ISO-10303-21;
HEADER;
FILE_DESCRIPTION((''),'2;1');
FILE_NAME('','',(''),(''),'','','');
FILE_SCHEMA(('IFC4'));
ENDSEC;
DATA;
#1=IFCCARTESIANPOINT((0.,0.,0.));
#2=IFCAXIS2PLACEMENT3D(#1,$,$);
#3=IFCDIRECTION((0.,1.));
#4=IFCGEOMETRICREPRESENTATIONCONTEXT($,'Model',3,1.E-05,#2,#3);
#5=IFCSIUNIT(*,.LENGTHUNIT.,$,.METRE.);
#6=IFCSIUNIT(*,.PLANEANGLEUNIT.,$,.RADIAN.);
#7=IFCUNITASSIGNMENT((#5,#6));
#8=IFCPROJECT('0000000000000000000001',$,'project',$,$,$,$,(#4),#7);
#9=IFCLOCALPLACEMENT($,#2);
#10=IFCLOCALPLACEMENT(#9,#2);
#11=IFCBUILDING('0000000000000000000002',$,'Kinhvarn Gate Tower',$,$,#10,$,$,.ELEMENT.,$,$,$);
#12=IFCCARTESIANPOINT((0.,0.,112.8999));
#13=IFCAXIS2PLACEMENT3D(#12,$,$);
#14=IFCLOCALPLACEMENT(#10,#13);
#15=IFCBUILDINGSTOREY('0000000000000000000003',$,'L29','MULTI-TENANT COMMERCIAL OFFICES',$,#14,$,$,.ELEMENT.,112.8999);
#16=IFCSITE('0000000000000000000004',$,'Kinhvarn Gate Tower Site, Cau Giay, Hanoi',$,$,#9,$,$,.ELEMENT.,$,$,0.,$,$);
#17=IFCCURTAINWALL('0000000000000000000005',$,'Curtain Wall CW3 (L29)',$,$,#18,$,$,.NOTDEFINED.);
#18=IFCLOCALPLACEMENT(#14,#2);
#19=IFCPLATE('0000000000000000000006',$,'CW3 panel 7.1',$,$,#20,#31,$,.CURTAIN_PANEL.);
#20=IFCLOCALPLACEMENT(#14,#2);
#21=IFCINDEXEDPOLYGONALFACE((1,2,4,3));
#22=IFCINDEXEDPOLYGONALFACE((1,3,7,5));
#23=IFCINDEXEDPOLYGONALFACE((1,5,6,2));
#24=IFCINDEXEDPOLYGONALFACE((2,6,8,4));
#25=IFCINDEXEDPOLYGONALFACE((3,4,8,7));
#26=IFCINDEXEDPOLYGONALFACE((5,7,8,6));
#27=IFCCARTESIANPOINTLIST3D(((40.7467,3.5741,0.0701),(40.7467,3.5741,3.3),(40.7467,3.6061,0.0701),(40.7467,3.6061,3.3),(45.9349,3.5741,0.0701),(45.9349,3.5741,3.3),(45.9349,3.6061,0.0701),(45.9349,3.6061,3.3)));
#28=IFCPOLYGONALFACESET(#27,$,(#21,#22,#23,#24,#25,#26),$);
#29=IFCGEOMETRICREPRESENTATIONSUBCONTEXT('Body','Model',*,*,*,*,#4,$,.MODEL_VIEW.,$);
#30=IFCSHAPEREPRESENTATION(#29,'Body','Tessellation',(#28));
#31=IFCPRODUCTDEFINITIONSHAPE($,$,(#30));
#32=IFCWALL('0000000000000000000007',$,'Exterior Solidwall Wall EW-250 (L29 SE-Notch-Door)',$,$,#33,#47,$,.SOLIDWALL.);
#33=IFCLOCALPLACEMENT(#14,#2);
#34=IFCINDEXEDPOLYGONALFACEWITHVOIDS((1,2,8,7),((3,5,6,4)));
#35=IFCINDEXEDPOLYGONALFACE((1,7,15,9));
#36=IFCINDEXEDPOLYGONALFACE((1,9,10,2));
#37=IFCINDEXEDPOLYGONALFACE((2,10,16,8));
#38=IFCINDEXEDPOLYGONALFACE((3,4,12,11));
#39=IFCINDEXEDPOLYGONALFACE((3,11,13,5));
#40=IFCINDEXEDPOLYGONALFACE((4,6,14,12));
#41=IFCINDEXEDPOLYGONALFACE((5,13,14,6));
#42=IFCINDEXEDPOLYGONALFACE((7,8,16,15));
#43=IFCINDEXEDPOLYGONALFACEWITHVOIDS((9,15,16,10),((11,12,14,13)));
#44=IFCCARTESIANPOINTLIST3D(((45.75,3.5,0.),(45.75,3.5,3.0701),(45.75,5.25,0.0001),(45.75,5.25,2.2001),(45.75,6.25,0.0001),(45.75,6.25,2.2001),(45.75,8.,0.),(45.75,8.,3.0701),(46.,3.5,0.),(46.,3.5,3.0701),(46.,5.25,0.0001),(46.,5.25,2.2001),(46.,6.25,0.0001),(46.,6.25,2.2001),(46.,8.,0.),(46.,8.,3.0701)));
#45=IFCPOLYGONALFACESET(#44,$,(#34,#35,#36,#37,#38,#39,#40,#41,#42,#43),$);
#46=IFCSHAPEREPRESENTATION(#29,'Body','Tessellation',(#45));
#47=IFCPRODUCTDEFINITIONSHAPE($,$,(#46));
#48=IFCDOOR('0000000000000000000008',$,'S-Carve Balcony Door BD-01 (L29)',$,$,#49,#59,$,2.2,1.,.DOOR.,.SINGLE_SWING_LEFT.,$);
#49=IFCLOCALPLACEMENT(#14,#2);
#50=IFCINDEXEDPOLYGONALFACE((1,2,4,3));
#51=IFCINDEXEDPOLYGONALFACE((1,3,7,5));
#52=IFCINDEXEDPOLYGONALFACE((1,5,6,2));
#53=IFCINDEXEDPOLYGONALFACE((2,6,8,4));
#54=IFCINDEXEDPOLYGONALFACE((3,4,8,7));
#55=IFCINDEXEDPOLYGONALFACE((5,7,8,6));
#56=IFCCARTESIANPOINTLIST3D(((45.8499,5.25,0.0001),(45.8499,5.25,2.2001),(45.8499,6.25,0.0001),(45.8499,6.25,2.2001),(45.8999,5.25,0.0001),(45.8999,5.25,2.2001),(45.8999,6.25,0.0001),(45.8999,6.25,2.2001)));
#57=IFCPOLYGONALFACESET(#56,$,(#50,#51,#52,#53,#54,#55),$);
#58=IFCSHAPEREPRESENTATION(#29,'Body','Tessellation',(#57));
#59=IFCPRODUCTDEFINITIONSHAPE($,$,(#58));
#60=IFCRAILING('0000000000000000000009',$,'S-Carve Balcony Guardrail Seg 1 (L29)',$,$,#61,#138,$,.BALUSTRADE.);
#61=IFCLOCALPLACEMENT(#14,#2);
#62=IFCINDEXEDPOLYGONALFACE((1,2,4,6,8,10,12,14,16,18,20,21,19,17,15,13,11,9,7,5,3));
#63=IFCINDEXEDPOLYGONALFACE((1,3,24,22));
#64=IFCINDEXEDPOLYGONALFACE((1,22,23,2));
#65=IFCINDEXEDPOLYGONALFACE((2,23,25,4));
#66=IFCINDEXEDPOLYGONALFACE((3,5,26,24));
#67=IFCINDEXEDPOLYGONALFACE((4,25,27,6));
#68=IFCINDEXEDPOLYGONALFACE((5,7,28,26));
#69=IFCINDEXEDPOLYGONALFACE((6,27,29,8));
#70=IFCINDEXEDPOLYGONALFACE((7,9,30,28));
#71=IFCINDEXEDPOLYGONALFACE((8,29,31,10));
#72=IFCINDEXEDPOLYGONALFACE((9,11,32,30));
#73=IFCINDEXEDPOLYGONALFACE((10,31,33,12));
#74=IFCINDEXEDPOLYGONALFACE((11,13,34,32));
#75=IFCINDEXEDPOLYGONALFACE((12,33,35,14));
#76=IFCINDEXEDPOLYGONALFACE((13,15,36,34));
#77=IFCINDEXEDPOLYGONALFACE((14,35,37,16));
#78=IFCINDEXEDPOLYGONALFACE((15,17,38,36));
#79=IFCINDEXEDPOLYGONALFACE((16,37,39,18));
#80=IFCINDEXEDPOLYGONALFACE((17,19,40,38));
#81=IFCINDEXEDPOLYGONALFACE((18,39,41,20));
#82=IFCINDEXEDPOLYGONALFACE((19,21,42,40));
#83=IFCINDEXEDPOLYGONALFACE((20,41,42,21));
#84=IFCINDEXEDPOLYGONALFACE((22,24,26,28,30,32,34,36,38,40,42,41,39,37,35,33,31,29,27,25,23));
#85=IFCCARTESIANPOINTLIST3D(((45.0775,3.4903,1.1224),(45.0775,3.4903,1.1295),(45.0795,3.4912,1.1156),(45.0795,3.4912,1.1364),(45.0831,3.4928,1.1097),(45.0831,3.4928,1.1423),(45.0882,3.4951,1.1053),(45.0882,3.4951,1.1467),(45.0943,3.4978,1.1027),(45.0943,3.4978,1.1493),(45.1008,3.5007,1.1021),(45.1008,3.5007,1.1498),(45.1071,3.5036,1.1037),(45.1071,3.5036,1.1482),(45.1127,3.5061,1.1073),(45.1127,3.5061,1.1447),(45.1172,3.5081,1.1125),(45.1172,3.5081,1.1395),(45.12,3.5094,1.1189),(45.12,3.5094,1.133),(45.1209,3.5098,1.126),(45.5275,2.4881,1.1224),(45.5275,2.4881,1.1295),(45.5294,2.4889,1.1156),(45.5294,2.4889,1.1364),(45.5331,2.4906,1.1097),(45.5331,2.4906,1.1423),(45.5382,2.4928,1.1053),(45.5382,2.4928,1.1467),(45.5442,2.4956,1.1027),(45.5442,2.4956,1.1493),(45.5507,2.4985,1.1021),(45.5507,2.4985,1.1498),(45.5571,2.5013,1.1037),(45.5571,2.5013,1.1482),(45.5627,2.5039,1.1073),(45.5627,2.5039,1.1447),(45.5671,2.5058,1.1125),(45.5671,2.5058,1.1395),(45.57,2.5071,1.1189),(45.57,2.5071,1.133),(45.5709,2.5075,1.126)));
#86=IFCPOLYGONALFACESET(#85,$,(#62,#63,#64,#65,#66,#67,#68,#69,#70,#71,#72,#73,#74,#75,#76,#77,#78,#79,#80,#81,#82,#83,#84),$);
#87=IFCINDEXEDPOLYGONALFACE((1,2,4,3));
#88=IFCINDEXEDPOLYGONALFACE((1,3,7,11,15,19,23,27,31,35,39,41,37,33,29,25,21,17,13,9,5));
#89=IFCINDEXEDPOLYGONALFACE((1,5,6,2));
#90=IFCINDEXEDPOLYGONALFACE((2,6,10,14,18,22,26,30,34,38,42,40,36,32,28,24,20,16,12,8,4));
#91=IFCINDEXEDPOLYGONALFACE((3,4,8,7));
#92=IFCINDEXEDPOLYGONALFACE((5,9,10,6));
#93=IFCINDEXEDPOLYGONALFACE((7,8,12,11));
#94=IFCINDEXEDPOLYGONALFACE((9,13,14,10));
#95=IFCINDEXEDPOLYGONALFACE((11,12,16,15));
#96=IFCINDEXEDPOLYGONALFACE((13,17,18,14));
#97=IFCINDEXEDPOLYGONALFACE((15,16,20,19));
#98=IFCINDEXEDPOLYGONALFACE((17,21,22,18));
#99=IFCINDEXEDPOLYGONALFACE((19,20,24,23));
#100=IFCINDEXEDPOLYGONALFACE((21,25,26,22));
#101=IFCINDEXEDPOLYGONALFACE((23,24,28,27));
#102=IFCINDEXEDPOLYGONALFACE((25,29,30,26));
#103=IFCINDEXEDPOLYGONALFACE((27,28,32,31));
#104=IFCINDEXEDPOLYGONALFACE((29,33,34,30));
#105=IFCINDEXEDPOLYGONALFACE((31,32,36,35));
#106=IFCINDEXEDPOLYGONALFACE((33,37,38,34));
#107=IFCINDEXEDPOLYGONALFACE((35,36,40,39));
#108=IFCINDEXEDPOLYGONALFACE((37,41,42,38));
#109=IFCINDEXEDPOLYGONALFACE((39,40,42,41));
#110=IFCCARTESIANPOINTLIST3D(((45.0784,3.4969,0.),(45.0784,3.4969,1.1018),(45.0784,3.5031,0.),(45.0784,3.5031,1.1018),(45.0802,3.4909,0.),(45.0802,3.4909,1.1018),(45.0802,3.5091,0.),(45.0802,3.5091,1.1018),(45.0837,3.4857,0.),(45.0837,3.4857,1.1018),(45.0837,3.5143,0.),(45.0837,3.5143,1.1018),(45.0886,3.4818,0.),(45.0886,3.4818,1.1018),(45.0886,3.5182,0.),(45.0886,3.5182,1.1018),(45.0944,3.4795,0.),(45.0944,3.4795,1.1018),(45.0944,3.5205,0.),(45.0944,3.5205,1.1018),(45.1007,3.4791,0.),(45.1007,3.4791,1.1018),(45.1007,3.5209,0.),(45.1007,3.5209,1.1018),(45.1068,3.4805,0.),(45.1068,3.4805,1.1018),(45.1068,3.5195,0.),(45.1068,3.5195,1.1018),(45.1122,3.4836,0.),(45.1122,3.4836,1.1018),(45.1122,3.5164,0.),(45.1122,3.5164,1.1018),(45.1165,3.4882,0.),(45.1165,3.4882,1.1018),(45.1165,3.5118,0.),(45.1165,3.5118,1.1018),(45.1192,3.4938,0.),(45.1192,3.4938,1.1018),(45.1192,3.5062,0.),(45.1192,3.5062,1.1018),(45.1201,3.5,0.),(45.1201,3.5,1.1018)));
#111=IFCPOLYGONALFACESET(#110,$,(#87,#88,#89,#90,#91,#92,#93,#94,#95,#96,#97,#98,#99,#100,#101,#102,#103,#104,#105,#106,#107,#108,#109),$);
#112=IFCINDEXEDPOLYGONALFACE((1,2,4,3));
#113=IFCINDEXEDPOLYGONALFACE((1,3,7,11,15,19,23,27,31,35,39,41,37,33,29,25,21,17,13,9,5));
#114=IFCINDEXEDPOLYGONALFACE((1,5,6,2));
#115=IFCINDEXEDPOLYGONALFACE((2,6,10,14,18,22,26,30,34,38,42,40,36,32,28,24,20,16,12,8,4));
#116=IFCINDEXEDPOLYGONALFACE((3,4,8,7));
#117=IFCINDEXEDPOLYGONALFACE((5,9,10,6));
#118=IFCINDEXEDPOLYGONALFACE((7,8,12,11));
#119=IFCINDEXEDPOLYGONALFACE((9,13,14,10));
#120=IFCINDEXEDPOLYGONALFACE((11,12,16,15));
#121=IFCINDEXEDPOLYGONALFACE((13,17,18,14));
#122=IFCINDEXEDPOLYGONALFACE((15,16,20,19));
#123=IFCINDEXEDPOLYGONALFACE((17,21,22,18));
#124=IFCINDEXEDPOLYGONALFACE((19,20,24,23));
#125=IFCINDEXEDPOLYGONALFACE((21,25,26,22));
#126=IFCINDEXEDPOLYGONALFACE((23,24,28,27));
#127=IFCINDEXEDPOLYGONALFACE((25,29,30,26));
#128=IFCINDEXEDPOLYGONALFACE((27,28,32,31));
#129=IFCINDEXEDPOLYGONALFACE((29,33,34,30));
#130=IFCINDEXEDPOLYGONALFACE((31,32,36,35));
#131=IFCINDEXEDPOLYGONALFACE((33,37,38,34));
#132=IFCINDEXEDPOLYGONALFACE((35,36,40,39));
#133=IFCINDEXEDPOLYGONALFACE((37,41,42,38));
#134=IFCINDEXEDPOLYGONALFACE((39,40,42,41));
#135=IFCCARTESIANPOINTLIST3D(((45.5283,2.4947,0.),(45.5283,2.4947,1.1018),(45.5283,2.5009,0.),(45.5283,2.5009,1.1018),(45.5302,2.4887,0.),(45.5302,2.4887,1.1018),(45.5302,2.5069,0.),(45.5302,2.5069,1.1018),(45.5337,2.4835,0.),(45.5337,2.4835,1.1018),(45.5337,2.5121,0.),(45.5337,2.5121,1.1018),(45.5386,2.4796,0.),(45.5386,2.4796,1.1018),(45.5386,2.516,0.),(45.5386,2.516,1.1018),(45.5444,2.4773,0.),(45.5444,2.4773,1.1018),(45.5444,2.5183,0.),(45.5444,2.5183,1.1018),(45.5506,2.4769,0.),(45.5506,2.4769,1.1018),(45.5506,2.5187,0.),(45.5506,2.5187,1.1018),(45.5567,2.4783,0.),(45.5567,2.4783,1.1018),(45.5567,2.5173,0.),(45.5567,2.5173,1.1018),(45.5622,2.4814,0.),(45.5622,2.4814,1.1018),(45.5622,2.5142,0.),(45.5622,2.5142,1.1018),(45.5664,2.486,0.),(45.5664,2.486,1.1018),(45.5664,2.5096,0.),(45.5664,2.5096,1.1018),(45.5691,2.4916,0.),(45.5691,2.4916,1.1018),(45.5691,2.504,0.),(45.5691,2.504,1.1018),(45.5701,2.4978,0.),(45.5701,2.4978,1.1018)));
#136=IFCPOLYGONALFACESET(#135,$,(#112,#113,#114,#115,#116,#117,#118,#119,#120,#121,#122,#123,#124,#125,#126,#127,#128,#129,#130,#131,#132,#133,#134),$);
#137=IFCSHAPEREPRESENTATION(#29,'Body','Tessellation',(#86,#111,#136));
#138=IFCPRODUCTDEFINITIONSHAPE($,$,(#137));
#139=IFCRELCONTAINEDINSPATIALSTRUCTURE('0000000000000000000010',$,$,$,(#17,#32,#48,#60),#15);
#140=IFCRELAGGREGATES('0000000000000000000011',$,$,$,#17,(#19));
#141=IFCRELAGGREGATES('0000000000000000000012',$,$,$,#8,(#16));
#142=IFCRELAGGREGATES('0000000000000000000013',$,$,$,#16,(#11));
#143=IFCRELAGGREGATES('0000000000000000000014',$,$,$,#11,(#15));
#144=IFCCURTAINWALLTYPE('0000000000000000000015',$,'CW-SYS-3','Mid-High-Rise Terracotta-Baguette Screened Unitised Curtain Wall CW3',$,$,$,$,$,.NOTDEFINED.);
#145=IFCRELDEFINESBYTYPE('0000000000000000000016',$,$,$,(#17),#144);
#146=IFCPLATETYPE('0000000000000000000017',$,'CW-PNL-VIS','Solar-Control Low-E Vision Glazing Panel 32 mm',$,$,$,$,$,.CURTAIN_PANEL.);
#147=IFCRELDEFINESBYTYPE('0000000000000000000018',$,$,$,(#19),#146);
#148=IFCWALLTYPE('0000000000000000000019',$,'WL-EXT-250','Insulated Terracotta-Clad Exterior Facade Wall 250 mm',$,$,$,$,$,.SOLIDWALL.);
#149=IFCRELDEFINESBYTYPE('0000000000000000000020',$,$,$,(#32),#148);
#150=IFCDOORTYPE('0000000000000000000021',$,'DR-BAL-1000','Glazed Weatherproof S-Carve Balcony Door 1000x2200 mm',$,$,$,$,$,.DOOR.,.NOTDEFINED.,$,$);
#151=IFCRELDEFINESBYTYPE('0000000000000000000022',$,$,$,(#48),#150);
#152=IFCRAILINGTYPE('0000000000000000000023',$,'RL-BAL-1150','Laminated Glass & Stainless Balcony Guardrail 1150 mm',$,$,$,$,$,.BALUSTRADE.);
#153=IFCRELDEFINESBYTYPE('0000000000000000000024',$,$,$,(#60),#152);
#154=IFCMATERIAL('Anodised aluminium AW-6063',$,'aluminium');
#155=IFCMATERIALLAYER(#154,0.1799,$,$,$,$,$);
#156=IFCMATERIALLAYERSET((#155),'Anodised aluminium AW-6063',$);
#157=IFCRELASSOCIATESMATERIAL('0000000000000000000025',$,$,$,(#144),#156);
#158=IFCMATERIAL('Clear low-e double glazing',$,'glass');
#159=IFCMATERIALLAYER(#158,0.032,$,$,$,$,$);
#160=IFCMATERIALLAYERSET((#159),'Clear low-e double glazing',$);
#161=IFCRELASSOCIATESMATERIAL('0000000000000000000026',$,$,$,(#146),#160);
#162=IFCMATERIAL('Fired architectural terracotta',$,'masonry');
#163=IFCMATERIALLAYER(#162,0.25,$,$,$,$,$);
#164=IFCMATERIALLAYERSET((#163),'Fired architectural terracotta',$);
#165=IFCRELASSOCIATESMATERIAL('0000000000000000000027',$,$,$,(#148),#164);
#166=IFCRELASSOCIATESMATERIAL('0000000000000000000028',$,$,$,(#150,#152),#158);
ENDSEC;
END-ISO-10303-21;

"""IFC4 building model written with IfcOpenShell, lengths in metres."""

from ifc_helpers import new_model, si_unit, direction, frame, frame_2d, origin, origin_2d, place, context, subcontext, project, spatial, rectangle, circle, extrude, material, layer, layer_set, type_object, element, fill, aggregate, save


model = new_model("IFC4")

# Units and contexts
model_context = context("Model", 3, precision=1e-05, world=origin(), true_north=direction((0.0, 1.0)))
body_context = subcontext(model_context, "Body", "Model", "MODEL_VIEW")
ifc_project = project(units=[si_unit("LENGTHUNIT", "METRE"), si_unit("PLANEANGLEUNIT", "RADIAN")], contexts=[model_context])

# Site, building, storey
site_placement = place(None, origin())
site = spatial("IfcSite", under=ifc_project, at=site_placement, Name="Kinhvarn Gate Tower Site, Cau Giay, Hanoi", CompositionType="ELEMENT", RefElevation=0.0)
building_placement = place(site_placement, origin())
building = spatial("IfcBuilding", under=site, at=building_placement, Name="Kinhvarn Gate Tower", CompositionType="ELEMENT")
storey_placement = place(building_placement, frame((0.0, 0.0, 112.8999)))
storey = spatial("IfcBuildingStorey", under=building, at=storey_placement, Name="L29", Description="MULTI-TENANT COMMERCIAL OFFICES", CompositionType="ELEMENT", Elevation=112.8999)

# Curtain wall
ifc_material_1 = material(Name="Anodised aluminium AW-6063", Category="aluminium")
ifc_layer_1 = layer(ifc_material_1, 0.1799)
ifc_layer_set_1 = layer_set([ifc_layer_1], Name="Anodised aluminium AW-6063")
curtain_wall_type = type_object("IfcCurtainWallType", Name="CW-SYS-3", Description="Mid-High-Rise Terracotta-Baguette Screened Unitised Curtain Wall CW3", PredefinedType="NOTDEFINED", material=ifc_layer_set_1)
curtain_wall_1_placement = place(storey_placement, origin())
curtain_wall_1 = element("IfcCurtainWall", 1, at=curtain_wall_1_placement, inside=storey, type_object=curtain_wall_type, Name="Curtain Wall CW3 (L29)", PredefinedType="NOTDEFINED")

# Plate
ifc_material_2 = material(Name="Clear low-e double glazing", Category="glass")
ifc_layer_2 = layer(ifc_material_2, 0.032)
ifc_layer_set_2 = layer_set([ifc_layer_2], Name="Clear low-e double glazing")
plate_type = type_object("IfcPlateType", Name="CW-PNL-VIS", Description="Solar-Control Low-E Vision Glazing Panel 32 mm", PredefinedType="CURTAIN_PANEL", material=ifc_layer_set_2)
plate_placement = place(storey_placement, frame((43.3408, 3.5901, 0.0701), z_axis=(0.0, 0.0, 1.0), x_axis=(1.0, 0.0, 0.0)))
plate = element("IfcPlate", 2, at=plate_placement, type_object=plate_type, Name="CW3 panel 7.1", PredefinedType="CURTAIN_PANEL", context=body_context, shape_type="SweptSolid", body=[
    extrude(rectangle(XDim=5.1882, YDim=0.032, at=origin_2d()), origin(), (0.0, 0.0, 1.0), 3.23),
])
aggregate(curtain_wall_1, [plate])

# Wall, opening, door
ifc_material_3 = material(Name="Fired architectural terracotta", Category="masonry")
ifc_layer_3 = layer(ifc_material_3, 0.25)
ifc_layer_set_3 = layer_set([ifc_layer_3], Name="Fired architectural terracotta")
wall_type = type_object("IfcWallType", Name="WL-EXT-250", Description="Insulated Terracotta-Clad Exterior Facade Wall 250 mm", PredefinedType="SOLIDWALL", material=ifc_layer_set_3)
wall_placement = place(storey_placement, frame((45.875, 3.5, 0.0), z_axis=(0.0, 0.0, 1.0), x_axis=(0.0, 1.0, 0.0)))
wall = element("IfcWall", 3, at=wall_placement, inside=storey, type_object=wall_type, Name="Exterior Solidwall Wall EW-250 (L29 SE-Notch-Door)", PredefinedType="SOLIDWALL", context=body_context, shape_type="SweptSolid", body=[
    extrude(rectangle(XDim=4.5, YDim=0.25, at=frame_2d((2.25, 0.0))), origin(), (0.0, 0.0, 1.0), 3.0701),
])
opening_placement = place(wall_placement, frame((1.75, 0.0, 0.0)))
opening = element("IfcOpeningElement", 4, at=opening_placement, cuts=wall, PredefinedType="OPENING", context=body_context, shape_type="SweptSolid", body=[
    extrude(rectangle(XDim=1.0, YDim=2.2, at=frame_2d((0.5, 1.1001))), frame((0.0, 0.135, 0.0), z_axis=(0.0, -1.0, 0.0), x_axis=(1.0, 0.0, 0.0)), (0.0, 0.0, 1.0), 0.27),
])
door_type = type_object("IfcDoorType", Name="DR-BAL-1000", Description="Glazed Weatherproof S-Carve Balcony Door 1000x2200 mm", OperationType="NOTDEFINED", PredefinedType="DOOR", material=ifc_material_2)
door_placement = place(opening_placement, frame((1.0, 0.0, 0.0), z_axis=(0.0, 0.0, 1.0), x_axis=(-1.0, 0.0, 0.0)))
door = element("IfcDoor", 5, at=door_placement, inside=storey, type_object=door_type, Name="S-Carve Balcony Door BD-01 (L29)", OperationType="SINGLE_SWING_LEFT", OverallHeight=2.2, OverallWidth=1.0, PredefinedType="DOOR", context=body_context, shape_type="SweptSolid", body=[
    extrude(rectangle(XDim=1.0, YDim=2.2, at=frame_2d((0.5, 1.1001))), frame((0.0, 0.0249, 0.0), z_axis=(0.0, -1.0, 0.0), x_axis=(1.0, 0.0, 0.0)), (0.0, 0.0, 1.0), 0.05),
])
fill(opening, door)

# Railing
railing_type = type_object("IfcRailingType", Name="RL-BAL-1150", Description="Laminated Glass & Stainless Balcony Guardrail 1150 mm", PredefinedType="BALUSTRADE", material=ifc_material_2)
railing_1_placement = place(storey_placement, frame((45.0991, 3.5, 0.0)))
element("IfcRailing", 6, at=railing_1_placement, inside=storey, type_object=railing_type, Name="S-Carve Balcony Guardrail Seg 1 (L29)", PredefinedType="BALUSTRADE", context=body_context, shape_type="SweptSolid", body=[
    extrude(circle(Radius=0.0239, at=origin_2d()), frame((0.0, 0.0, 1.126), z_axis=(0.409579, -0.912275, 0.0), x_axis=(0.912275, 0.409579, 0.0)), (0.0, 0.0, 1.0), 1.0986),
    extrude(circle(Radius=0.021, at=origin_2d()), origin(), (0.0, 0.0, 1.0), 1.1018),
    extrude(circle(Radius=0.021, at=origin_2d()), frame((0.45, -1.0022, 0.0)), (0.0, 0.0, 1.0), 1.1018),
])

save(model, "model.ifc")
